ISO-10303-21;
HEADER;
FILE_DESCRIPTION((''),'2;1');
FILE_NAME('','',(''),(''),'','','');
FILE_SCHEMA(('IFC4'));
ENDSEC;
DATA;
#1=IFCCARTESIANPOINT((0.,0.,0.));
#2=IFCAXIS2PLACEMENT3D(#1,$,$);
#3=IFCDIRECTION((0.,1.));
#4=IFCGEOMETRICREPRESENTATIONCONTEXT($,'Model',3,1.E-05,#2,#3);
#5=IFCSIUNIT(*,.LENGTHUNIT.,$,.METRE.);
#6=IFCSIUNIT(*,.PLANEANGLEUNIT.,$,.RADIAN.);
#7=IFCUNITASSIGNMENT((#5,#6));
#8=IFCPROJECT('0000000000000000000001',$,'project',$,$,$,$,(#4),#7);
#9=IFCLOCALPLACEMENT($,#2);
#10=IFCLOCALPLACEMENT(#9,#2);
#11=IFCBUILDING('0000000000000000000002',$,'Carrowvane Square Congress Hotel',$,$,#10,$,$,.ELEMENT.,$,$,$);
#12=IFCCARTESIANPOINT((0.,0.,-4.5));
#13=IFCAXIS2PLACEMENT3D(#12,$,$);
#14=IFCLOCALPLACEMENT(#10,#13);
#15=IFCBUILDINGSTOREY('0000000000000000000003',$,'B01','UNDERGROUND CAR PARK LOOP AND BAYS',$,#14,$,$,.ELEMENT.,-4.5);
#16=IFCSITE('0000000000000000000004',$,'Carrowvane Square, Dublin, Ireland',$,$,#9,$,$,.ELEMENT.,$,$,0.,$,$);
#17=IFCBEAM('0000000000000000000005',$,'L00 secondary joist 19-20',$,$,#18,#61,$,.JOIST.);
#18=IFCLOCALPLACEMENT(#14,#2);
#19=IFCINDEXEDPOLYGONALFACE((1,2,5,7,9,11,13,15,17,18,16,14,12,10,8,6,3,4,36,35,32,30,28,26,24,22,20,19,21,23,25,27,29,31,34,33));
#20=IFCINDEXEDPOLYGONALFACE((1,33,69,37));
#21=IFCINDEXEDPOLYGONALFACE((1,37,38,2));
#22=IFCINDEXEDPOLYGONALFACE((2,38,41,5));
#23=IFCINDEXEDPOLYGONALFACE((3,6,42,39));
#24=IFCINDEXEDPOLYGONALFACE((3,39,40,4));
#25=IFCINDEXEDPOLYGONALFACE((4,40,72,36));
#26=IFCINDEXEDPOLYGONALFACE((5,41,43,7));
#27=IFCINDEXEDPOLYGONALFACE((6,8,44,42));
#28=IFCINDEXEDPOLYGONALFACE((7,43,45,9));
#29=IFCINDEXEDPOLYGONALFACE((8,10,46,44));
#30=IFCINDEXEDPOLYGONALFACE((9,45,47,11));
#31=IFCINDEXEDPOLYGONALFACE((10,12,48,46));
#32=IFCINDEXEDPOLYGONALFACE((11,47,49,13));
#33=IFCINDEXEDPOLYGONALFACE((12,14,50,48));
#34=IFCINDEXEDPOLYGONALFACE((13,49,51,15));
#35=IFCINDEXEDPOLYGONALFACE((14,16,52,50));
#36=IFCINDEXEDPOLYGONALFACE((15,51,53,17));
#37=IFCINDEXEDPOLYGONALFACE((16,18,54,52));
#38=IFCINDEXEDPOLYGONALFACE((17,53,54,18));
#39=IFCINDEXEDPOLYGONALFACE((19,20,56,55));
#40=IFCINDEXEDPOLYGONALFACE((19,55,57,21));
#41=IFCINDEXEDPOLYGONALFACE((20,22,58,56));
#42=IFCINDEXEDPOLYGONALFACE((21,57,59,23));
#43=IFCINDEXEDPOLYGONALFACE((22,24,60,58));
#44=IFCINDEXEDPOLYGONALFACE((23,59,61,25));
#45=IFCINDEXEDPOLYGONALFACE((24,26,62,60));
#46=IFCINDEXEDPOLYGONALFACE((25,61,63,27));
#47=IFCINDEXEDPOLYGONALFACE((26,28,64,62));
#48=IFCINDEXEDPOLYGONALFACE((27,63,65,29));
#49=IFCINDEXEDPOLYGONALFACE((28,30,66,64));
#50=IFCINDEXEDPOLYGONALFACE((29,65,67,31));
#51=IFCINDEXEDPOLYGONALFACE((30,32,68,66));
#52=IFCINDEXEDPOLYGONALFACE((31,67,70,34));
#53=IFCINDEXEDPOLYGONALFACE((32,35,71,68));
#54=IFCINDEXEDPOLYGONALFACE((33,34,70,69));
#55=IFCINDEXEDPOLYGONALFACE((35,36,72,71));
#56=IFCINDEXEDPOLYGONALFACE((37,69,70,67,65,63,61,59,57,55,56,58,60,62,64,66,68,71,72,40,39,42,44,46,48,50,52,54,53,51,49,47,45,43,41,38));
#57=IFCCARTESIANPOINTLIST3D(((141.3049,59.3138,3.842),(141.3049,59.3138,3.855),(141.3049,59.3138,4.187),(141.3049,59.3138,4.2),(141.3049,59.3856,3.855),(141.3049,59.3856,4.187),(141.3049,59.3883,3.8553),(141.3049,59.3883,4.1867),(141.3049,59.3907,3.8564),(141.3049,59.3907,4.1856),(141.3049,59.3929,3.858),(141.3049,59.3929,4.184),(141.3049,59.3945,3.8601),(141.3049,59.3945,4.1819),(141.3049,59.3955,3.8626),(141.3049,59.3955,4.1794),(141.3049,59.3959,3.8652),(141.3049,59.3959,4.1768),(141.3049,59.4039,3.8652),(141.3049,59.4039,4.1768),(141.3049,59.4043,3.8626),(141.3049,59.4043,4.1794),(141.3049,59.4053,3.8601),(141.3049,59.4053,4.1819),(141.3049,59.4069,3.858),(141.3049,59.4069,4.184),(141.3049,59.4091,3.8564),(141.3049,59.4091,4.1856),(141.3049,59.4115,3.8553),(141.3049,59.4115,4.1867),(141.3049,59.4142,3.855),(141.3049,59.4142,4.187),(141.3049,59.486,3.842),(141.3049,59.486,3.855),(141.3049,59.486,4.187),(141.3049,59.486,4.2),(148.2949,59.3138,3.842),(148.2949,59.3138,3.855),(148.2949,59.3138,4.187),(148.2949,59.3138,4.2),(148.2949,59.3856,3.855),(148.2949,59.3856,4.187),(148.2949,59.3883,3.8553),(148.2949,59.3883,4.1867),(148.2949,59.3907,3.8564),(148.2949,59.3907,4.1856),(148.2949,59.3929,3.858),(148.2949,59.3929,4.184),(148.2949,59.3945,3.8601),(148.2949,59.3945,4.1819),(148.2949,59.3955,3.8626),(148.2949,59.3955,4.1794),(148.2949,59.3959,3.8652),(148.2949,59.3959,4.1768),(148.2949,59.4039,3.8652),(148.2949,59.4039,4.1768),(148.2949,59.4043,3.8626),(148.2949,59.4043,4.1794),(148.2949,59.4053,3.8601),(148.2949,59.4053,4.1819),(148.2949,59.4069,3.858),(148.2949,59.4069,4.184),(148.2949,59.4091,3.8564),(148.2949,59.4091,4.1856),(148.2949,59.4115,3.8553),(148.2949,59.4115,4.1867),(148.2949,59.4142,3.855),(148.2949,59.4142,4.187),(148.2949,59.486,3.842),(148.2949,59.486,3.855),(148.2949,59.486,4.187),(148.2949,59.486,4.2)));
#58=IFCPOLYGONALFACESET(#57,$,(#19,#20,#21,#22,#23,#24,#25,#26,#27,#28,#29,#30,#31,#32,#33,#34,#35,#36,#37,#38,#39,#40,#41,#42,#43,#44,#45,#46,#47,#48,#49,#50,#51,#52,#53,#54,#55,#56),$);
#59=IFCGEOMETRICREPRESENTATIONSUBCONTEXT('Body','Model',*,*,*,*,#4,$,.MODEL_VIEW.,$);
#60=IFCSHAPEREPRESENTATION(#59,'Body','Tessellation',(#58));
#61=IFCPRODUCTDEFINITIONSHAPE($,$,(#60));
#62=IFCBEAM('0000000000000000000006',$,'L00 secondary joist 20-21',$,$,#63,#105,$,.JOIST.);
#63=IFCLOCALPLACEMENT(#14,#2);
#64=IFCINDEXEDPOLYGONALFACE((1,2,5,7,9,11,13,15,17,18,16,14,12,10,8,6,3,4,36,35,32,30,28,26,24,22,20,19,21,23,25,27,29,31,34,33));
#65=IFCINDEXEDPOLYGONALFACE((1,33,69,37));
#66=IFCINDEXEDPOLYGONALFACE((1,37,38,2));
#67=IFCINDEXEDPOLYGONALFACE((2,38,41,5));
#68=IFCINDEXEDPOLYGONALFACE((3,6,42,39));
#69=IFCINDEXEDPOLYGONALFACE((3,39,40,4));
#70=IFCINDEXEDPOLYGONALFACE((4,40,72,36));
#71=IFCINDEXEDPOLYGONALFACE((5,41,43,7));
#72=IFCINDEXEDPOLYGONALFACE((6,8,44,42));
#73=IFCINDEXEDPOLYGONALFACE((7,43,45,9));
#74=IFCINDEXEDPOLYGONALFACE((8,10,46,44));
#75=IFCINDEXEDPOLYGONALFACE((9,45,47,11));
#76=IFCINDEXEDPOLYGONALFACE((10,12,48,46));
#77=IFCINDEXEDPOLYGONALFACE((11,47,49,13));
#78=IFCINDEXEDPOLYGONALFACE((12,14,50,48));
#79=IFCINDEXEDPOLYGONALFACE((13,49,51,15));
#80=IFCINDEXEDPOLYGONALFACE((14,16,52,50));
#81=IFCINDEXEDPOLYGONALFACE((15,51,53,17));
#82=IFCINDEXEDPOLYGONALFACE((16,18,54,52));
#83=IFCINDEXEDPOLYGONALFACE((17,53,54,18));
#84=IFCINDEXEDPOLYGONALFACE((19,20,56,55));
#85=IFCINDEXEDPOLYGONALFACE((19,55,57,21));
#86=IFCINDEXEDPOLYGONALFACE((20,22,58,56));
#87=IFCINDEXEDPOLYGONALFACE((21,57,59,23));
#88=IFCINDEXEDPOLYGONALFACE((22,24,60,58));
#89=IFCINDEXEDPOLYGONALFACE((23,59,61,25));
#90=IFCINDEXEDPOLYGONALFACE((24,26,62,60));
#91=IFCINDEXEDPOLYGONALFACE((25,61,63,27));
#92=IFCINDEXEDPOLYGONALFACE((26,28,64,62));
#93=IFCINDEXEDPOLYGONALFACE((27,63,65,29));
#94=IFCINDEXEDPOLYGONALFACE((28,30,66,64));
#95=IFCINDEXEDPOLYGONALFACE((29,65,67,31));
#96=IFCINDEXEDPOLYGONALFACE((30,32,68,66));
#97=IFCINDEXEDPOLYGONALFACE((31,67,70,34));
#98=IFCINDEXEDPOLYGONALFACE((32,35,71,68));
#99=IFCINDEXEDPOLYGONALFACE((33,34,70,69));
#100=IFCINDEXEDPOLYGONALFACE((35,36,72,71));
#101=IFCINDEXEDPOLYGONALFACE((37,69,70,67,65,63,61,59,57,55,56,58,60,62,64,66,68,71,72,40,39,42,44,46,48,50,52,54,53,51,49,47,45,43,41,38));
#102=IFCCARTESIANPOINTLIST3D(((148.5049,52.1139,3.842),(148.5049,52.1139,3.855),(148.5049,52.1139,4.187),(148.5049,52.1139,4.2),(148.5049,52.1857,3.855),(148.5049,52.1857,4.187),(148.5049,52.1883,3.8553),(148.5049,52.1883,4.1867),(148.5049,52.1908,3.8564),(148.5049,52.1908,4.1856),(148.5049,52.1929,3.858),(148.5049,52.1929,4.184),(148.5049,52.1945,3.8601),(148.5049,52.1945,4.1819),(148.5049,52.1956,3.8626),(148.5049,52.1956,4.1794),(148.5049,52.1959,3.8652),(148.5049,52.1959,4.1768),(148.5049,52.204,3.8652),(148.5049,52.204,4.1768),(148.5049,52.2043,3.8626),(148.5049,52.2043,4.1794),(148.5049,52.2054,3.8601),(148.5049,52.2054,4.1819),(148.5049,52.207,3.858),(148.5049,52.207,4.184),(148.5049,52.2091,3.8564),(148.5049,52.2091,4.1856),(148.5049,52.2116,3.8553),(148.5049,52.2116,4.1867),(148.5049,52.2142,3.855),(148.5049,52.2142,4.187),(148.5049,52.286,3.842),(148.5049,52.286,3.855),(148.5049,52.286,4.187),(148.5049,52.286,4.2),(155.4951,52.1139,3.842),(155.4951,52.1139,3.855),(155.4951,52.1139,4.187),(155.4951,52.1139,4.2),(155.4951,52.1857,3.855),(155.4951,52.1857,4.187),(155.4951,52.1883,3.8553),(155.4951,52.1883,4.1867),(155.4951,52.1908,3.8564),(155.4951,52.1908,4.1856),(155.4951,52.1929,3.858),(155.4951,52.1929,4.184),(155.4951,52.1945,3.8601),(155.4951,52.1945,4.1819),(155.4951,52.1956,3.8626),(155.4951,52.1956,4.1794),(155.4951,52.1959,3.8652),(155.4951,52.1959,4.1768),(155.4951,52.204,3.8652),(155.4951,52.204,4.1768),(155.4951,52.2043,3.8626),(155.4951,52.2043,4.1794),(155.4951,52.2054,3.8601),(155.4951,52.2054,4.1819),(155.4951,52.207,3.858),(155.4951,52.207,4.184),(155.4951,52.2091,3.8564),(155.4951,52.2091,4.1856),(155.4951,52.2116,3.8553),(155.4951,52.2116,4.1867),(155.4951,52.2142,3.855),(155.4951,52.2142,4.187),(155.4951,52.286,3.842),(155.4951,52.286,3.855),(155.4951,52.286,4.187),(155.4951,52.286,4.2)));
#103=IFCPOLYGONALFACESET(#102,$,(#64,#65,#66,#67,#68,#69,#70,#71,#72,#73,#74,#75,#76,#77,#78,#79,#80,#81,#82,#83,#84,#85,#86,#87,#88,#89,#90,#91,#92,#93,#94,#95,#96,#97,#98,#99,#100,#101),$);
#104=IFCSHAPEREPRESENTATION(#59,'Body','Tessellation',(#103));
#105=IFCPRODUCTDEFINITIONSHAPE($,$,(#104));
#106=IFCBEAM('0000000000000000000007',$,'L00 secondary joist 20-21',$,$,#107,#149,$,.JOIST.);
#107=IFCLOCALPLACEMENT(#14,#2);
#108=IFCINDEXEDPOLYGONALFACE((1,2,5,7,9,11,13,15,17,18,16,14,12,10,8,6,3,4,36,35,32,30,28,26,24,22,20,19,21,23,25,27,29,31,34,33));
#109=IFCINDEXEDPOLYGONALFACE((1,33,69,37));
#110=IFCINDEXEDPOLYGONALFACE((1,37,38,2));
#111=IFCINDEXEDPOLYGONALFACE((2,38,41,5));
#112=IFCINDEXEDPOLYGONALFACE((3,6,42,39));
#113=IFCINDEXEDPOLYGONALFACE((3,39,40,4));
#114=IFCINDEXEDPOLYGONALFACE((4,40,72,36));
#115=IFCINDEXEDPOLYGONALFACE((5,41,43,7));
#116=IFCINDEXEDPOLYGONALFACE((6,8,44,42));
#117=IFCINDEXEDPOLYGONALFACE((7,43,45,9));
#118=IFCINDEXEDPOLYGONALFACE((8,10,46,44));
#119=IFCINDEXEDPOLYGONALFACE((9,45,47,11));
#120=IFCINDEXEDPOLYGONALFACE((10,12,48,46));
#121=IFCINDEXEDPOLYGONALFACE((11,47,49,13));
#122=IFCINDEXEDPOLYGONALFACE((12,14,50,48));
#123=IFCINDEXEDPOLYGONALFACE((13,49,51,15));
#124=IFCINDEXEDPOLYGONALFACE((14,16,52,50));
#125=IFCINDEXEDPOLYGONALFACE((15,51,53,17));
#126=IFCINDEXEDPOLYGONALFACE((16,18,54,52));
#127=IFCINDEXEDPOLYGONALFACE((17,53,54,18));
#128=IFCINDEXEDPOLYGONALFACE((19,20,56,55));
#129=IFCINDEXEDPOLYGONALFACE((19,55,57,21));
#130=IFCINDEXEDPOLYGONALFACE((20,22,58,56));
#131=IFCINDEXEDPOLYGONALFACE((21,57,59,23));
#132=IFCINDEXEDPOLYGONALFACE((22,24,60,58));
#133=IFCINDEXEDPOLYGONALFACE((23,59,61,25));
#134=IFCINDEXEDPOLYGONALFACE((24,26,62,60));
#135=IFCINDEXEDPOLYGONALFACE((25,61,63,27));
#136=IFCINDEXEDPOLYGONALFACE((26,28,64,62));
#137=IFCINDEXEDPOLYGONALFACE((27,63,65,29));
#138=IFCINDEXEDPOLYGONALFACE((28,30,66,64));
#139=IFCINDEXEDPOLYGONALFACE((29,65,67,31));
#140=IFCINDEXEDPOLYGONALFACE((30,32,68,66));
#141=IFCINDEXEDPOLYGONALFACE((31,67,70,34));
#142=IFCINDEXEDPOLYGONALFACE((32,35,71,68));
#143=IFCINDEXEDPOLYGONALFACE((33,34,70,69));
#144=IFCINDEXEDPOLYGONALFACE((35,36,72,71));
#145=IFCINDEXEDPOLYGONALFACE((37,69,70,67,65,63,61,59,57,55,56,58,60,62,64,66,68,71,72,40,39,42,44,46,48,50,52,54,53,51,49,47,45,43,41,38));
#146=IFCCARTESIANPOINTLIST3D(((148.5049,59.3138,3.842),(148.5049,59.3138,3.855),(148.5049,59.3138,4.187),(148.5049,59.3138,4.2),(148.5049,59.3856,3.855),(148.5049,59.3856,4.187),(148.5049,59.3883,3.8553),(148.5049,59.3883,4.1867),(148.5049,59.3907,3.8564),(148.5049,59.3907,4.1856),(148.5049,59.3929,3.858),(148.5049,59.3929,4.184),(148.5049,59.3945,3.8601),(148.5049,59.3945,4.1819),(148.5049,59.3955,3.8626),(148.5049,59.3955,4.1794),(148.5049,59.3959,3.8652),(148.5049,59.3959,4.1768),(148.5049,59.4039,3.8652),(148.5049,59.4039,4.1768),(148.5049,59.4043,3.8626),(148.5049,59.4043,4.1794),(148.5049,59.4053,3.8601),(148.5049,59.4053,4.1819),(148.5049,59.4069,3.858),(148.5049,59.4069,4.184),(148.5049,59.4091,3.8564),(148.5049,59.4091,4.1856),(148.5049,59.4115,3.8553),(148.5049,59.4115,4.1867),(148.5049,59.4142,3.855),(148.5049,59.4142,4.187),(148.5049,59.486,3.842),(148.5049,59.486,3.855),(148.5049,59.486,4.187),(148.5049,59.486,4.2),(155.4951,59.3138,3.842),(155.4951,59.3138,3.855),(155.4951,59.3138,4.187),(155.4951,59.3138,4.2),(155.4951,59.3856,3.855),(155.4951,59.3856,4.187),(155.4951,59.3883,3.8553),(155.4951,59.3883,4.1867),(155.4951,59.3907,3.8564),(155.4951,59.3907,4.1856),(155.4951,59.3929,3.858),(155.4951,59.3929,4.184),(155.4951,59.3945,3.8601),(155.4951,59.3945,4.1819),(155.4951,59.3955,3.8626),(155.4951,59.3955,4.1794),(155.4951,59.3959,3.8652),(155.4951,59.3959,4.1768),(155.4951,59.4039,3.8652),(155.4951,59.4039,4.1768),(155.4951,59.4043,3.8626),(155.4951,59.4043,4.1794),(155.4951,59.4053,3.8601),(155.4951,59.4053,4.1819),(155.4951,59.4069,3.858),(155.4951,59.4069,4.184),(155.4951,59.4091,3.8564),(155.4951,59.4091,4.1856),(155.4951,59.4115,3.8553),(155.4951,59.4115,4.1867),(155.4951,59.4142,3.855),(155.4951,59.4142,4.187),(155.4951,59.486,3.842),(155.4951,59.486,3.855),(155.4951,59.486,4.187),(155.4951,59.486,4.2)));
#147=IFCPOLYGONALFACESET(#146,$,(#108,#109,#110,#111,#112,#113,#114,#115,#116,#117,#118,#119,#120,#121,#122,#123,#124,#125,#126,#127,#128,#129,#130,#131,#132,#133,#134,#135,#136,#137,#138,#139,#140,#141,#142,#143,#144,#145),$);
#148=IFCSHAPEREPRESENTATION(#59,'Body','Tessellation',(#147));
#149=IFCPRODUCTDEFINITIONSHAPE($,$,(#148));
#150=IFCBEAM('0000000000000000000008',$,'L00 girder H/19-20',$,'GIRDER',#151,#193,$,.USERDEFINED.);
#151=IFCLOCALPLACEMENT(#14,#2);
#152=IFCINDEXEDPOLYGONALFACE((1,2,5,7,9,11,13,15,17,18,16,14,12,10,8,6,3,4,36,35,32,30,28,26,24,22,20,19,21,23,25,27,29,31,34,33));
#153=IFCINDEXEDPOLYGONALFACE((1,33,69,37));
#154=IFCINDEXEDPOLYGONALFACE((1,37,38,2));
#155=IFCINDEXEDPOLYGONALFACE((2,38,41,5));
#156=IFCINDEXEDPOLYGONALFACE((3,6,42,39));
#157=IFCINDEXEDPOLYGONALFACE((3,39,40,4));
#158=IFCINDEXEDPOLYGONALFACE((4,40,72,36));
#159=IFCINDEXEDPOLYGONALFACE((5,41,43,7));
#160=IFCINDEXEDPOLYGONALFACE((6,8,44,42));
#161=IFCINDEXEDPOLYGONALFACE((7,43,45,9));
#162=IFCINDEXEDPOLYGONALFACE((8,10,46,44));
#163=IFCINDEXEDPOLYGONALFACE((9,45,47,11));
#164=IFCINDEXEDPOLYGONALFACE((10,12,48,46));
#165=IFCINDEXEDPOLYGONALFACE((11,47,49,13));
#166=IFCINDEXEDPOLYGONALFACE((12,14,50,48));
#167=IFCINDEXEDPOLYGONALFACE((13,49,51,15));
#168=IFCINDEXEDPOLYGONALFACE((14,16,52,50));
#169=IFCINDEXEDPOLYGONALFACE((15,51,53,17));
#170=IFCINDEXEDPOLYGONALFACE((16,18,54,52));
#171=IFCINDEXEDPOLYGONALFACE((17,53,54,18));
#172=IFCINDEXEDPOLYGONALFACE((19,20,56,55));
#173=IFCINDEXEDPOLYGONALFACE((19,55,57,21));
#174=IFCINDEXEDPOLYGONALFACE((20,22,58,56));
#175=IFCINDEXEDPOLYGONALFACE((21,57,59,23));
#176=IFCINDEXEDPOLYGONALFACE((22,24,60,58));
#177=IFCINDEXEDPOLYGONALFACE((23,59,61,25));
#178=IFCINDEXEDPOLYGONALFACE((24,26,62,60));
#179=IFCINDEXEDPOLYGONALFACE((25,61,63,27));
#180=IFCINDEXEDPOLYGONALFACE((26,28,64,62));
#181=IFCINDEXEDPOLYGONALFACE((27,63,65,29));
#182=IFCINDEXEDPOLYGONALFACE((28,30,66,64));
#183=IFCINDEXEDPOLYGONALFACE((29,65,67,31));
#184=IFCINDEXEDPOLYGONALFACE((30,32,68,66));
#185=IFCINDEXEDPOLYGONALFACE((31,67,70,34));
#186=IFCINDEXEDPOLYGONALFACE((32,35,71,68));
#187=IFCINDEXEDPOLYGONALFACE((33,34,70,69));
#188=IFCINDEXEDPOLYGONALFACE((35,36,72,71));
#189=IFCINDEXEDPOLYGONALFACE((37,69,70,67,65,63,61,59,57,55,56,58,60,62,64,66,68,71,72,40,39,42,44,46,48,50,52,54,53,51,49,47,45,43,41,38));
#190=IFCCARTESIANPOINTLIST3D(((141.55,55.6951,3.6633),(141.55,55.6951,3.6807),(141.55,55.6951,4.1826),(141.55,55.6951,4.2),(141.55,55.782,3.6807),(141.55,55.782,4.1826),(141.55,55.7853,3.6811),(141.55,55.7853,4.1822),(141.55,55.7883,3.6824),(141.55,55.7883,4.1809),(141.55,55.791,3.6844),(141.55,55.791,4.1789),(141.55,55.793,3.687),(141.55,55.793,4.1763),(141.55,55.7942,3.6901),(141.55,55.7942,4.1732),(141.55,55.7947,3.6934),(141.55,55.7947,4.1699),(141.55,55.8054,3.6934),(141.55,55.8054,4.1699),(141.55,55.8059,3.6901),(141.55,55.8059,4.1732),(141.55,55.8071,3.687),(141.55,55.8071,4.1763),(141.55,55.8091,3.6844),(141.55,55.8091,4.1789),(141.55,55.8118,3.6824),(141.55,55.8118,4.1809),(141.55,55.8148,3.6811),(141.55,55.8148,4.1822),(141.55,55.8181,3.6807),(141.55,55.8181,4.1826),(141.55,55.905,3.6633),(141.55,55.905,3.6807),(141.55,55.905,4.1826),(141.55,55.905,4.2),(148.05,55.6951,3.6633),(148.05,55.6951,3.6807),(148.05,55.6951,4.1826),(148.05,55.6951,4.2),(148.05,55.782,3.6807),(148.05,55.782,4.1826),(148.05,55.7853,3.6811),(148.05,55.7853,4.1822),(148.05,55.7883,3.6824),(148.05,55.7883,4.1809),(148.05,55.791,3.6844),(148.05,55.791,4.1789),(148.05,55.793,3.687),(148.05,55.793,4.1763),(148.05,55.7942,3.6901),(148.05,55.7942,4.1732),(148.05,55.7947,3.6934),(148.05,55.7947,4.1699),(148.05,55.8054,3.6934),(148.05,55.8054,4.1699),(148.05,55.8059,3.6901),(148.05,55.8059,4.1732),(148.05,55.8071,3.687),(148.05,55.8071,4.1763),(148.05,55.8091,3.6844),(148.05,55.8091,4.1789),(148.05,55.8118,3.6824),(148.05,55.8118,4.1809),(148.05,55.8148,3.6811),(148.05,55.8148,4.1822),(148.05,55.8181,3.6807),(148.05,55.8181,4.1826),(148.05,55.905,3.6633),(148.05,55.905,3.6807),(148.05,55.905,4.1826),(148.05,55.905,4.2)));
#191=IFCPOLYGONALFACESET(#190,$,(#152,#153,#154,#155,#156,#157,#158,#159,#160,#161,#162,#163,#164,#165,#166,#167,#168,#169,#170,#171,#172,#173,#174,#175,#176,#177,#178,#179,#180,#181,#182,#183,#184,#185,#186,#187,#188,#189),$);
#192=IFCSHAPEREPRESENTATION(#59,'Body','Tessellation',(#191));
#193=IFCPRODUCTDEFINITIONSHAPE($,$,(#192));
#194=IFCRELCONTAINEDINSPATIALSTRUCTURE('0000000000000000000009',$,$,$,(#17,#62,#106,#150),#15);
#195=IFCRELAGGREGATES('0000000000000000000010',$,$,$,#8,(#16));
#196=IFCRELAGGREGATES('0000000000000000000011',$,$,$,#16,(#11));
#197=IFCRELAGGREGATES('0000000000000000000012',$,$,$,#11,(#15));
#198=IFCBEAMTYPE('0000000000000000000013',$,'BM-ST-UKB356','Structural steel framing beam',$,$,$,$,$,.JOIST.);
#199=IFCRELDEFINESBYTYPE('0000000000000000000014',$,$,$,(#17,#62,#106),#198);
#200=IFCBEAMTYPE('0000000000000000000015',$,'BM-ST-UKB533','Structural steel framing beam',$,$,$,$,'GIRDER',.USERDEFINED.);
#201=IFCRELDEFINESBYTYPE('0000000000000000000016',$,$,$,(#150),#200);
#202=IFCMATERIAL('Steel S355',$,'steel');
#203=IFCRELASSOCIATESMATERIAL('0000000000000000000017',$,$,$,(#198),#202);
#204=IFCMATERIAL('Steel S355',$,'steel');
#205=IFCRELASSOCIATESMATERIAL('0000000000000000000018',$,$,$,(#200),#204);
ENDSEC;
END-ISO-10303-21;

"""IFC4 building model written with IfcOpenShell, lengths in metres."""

from ifc_helpers import new_model, si_unit, direction, frame, origin, origin_2d, place, context, subcontext, project, spatial, i_section, extrude, material, material_profile, profile_set, type_object, element, save


model = new_model("IFC4")

# Units and contexts
model_context = context("Model", 3, precision=1e-05, world=origin(), true_north=direction((0.0, 1.0)))
body_context = subcontext(model_context, "Body", "Model", "MODEL_VIEW")
ifc_project = project(units=[si_unit("LENGTHUNIT", "METRE"), si_unit("PLANEANGLEUNIT", "RADIAN")], contexts=[model_context])

# Site, building, storey
site_placement = place(None, origin())
site = spatial("IfcSite", under=ifc_project, at=site_placement, Name="Carrowvane Square, Dublin, Ireland", CompositionType="ELEMENT", RefElevation=0.0)
building_placement = place(site_placement, origin())
building = spatial("IfcBuilding", under=site, at=building_placement, Name="Carrowvane Square Congress Hotel", CompositionType="ELEMENT")
storey_placement = place(building_placement, frame((0.0, 0.0, -4.5)))
storey = spatial("IfcBuildingStorey", under=building, at=storey_placement, Name="B01", Description="UNDERGROUND CAR PARK LOOP AND BAYS", CompositionType="ELEMENT", Elevation=-4.5)

# Beams
ifc_material_1 = material(Name="Steel S355", Category="steel")
ifc_material_profile_1 = material_profile(ifc_material_1, i_section(OverallWidth=0.1721, OverallDepth=0.3579, WebThickness=0.0081, FlangeThickness=0.0129, FilletRadius=0.0103, at=origin_2d()), Name="UKB 356x171x57")
ifc_profile_set_1 = profile_set([ifc_material_profile_1], Name="Steel S355")
beam_type_1 = type_object("IfcBeamType", Name="BM-ST-UKB356", Description="Structural steel framing beam", PredefinedType="JOIST", material=ifc_profile_set_1)
for number, where, z_axis, x_axis, name in (
    (1, (141.3049, 59.3999, 4.021), (1.0, 0.0, 0.0), (0.0, 1.0, 0.0), "L00 secondary joist 19-20"),
):
    element("IfcBeam", number, at=place(storey_placement, frame(where, z_axis=z_axis, x_axis=x_axis)), inside=storey, type_object=beam_type_1, Name=name, PredefinedType="JOIST", context=body_context, shape_type="SweptSolid", body=[
        extrude(i_section(OverallWidth=0.1721, OverallDepth=0.3579, WebThickness=0.0081, FlangeThickness=0.0129, FilletRadius=0.0103, at=origin_2d()), origin(), (0.0, 0.0, 1.0), 6.99),
    ])
for number, where, z_axis, x_axis, name in (
    (2, (148.5049, 52.2, 4.021), (1.0, 0.0, 0.0), (0.0, 1.0, 0.0), "L00 secondary joist 20-21"),
    (3, (148.5049, 59.3999, 4.021), (1.0, 0.0, 0.0), (0.0, 1.0, 0.0), "L00 secondary joist 20-21"),
):
    element("IfcBeam", number, at=place(storey_placement, frame(where, z_axis=z_axis, x_axis=x_axis)), inside=storey, type_object=beam_type_1, Name=name, PredefinedType="JOIST", context=body_context, shape_type="SweptSolid", body=[
        extrude(i_section(OverallWidth=0.1721, OverallDepth=0.3579, WebThickness=0.0081, FlangeThickness=0.0129, FilletRadius=0.0103, at=origin_2d()), origin(), (0.0, 0.0, 1.0), 6.9902),
    ])
ifc_material_2 = material(Name="Steel S355", Category="steel")
ifc_material_profile_2 = material_profile(ifc_material_2, i_section(OverallWidth=0.21, OverallDepth=0.5366, WebThickness=0.0107, FlangeThickness=0.0173, FilletRadius=0.0127, at=origin_2d()), Name="UKB 533x210x101")
ifc_profile_set_2 = profile_set([ifc_material_profile_2], Name="Steel S355")
beam_type_2 = type_object("IfcBeamType", Name="BM-ST-UKB533", Description="Structural steel framing beam", ElementType="GIRDER", PredefinedType="USERDEFINED", material=ifc_profile_set_2)
for number, where, z_axis, x_axis, name in (
    (4, (141.55, 55.8, 3.9316), (1.0, 0.0, 0.0), (0.0, 1.0, 0.0), "L00 girder H/19-20"),
):
    element("IfcBeam", number, at=place(storey_placement, frame(where, z_axis=z_axis, x_axis=x_axis)), inside=storey, type_object=beam_type_2, Name=name, ObjectType="GIRDER", PredefinedType="USERDEFINED", context=body_context, shape_type="SweptSolid", body=[
        extrude(i_section(OverallWidth=0.21, OverallDepth=0.5366, WebThickness=0.0107, FlangeThickness=0.0173, FilletRadius=0.0127, at=origin_2d()), origin(), (0.0, 0.0, 1.0), 6.5),
    ])

save(model, "model.ifc")
